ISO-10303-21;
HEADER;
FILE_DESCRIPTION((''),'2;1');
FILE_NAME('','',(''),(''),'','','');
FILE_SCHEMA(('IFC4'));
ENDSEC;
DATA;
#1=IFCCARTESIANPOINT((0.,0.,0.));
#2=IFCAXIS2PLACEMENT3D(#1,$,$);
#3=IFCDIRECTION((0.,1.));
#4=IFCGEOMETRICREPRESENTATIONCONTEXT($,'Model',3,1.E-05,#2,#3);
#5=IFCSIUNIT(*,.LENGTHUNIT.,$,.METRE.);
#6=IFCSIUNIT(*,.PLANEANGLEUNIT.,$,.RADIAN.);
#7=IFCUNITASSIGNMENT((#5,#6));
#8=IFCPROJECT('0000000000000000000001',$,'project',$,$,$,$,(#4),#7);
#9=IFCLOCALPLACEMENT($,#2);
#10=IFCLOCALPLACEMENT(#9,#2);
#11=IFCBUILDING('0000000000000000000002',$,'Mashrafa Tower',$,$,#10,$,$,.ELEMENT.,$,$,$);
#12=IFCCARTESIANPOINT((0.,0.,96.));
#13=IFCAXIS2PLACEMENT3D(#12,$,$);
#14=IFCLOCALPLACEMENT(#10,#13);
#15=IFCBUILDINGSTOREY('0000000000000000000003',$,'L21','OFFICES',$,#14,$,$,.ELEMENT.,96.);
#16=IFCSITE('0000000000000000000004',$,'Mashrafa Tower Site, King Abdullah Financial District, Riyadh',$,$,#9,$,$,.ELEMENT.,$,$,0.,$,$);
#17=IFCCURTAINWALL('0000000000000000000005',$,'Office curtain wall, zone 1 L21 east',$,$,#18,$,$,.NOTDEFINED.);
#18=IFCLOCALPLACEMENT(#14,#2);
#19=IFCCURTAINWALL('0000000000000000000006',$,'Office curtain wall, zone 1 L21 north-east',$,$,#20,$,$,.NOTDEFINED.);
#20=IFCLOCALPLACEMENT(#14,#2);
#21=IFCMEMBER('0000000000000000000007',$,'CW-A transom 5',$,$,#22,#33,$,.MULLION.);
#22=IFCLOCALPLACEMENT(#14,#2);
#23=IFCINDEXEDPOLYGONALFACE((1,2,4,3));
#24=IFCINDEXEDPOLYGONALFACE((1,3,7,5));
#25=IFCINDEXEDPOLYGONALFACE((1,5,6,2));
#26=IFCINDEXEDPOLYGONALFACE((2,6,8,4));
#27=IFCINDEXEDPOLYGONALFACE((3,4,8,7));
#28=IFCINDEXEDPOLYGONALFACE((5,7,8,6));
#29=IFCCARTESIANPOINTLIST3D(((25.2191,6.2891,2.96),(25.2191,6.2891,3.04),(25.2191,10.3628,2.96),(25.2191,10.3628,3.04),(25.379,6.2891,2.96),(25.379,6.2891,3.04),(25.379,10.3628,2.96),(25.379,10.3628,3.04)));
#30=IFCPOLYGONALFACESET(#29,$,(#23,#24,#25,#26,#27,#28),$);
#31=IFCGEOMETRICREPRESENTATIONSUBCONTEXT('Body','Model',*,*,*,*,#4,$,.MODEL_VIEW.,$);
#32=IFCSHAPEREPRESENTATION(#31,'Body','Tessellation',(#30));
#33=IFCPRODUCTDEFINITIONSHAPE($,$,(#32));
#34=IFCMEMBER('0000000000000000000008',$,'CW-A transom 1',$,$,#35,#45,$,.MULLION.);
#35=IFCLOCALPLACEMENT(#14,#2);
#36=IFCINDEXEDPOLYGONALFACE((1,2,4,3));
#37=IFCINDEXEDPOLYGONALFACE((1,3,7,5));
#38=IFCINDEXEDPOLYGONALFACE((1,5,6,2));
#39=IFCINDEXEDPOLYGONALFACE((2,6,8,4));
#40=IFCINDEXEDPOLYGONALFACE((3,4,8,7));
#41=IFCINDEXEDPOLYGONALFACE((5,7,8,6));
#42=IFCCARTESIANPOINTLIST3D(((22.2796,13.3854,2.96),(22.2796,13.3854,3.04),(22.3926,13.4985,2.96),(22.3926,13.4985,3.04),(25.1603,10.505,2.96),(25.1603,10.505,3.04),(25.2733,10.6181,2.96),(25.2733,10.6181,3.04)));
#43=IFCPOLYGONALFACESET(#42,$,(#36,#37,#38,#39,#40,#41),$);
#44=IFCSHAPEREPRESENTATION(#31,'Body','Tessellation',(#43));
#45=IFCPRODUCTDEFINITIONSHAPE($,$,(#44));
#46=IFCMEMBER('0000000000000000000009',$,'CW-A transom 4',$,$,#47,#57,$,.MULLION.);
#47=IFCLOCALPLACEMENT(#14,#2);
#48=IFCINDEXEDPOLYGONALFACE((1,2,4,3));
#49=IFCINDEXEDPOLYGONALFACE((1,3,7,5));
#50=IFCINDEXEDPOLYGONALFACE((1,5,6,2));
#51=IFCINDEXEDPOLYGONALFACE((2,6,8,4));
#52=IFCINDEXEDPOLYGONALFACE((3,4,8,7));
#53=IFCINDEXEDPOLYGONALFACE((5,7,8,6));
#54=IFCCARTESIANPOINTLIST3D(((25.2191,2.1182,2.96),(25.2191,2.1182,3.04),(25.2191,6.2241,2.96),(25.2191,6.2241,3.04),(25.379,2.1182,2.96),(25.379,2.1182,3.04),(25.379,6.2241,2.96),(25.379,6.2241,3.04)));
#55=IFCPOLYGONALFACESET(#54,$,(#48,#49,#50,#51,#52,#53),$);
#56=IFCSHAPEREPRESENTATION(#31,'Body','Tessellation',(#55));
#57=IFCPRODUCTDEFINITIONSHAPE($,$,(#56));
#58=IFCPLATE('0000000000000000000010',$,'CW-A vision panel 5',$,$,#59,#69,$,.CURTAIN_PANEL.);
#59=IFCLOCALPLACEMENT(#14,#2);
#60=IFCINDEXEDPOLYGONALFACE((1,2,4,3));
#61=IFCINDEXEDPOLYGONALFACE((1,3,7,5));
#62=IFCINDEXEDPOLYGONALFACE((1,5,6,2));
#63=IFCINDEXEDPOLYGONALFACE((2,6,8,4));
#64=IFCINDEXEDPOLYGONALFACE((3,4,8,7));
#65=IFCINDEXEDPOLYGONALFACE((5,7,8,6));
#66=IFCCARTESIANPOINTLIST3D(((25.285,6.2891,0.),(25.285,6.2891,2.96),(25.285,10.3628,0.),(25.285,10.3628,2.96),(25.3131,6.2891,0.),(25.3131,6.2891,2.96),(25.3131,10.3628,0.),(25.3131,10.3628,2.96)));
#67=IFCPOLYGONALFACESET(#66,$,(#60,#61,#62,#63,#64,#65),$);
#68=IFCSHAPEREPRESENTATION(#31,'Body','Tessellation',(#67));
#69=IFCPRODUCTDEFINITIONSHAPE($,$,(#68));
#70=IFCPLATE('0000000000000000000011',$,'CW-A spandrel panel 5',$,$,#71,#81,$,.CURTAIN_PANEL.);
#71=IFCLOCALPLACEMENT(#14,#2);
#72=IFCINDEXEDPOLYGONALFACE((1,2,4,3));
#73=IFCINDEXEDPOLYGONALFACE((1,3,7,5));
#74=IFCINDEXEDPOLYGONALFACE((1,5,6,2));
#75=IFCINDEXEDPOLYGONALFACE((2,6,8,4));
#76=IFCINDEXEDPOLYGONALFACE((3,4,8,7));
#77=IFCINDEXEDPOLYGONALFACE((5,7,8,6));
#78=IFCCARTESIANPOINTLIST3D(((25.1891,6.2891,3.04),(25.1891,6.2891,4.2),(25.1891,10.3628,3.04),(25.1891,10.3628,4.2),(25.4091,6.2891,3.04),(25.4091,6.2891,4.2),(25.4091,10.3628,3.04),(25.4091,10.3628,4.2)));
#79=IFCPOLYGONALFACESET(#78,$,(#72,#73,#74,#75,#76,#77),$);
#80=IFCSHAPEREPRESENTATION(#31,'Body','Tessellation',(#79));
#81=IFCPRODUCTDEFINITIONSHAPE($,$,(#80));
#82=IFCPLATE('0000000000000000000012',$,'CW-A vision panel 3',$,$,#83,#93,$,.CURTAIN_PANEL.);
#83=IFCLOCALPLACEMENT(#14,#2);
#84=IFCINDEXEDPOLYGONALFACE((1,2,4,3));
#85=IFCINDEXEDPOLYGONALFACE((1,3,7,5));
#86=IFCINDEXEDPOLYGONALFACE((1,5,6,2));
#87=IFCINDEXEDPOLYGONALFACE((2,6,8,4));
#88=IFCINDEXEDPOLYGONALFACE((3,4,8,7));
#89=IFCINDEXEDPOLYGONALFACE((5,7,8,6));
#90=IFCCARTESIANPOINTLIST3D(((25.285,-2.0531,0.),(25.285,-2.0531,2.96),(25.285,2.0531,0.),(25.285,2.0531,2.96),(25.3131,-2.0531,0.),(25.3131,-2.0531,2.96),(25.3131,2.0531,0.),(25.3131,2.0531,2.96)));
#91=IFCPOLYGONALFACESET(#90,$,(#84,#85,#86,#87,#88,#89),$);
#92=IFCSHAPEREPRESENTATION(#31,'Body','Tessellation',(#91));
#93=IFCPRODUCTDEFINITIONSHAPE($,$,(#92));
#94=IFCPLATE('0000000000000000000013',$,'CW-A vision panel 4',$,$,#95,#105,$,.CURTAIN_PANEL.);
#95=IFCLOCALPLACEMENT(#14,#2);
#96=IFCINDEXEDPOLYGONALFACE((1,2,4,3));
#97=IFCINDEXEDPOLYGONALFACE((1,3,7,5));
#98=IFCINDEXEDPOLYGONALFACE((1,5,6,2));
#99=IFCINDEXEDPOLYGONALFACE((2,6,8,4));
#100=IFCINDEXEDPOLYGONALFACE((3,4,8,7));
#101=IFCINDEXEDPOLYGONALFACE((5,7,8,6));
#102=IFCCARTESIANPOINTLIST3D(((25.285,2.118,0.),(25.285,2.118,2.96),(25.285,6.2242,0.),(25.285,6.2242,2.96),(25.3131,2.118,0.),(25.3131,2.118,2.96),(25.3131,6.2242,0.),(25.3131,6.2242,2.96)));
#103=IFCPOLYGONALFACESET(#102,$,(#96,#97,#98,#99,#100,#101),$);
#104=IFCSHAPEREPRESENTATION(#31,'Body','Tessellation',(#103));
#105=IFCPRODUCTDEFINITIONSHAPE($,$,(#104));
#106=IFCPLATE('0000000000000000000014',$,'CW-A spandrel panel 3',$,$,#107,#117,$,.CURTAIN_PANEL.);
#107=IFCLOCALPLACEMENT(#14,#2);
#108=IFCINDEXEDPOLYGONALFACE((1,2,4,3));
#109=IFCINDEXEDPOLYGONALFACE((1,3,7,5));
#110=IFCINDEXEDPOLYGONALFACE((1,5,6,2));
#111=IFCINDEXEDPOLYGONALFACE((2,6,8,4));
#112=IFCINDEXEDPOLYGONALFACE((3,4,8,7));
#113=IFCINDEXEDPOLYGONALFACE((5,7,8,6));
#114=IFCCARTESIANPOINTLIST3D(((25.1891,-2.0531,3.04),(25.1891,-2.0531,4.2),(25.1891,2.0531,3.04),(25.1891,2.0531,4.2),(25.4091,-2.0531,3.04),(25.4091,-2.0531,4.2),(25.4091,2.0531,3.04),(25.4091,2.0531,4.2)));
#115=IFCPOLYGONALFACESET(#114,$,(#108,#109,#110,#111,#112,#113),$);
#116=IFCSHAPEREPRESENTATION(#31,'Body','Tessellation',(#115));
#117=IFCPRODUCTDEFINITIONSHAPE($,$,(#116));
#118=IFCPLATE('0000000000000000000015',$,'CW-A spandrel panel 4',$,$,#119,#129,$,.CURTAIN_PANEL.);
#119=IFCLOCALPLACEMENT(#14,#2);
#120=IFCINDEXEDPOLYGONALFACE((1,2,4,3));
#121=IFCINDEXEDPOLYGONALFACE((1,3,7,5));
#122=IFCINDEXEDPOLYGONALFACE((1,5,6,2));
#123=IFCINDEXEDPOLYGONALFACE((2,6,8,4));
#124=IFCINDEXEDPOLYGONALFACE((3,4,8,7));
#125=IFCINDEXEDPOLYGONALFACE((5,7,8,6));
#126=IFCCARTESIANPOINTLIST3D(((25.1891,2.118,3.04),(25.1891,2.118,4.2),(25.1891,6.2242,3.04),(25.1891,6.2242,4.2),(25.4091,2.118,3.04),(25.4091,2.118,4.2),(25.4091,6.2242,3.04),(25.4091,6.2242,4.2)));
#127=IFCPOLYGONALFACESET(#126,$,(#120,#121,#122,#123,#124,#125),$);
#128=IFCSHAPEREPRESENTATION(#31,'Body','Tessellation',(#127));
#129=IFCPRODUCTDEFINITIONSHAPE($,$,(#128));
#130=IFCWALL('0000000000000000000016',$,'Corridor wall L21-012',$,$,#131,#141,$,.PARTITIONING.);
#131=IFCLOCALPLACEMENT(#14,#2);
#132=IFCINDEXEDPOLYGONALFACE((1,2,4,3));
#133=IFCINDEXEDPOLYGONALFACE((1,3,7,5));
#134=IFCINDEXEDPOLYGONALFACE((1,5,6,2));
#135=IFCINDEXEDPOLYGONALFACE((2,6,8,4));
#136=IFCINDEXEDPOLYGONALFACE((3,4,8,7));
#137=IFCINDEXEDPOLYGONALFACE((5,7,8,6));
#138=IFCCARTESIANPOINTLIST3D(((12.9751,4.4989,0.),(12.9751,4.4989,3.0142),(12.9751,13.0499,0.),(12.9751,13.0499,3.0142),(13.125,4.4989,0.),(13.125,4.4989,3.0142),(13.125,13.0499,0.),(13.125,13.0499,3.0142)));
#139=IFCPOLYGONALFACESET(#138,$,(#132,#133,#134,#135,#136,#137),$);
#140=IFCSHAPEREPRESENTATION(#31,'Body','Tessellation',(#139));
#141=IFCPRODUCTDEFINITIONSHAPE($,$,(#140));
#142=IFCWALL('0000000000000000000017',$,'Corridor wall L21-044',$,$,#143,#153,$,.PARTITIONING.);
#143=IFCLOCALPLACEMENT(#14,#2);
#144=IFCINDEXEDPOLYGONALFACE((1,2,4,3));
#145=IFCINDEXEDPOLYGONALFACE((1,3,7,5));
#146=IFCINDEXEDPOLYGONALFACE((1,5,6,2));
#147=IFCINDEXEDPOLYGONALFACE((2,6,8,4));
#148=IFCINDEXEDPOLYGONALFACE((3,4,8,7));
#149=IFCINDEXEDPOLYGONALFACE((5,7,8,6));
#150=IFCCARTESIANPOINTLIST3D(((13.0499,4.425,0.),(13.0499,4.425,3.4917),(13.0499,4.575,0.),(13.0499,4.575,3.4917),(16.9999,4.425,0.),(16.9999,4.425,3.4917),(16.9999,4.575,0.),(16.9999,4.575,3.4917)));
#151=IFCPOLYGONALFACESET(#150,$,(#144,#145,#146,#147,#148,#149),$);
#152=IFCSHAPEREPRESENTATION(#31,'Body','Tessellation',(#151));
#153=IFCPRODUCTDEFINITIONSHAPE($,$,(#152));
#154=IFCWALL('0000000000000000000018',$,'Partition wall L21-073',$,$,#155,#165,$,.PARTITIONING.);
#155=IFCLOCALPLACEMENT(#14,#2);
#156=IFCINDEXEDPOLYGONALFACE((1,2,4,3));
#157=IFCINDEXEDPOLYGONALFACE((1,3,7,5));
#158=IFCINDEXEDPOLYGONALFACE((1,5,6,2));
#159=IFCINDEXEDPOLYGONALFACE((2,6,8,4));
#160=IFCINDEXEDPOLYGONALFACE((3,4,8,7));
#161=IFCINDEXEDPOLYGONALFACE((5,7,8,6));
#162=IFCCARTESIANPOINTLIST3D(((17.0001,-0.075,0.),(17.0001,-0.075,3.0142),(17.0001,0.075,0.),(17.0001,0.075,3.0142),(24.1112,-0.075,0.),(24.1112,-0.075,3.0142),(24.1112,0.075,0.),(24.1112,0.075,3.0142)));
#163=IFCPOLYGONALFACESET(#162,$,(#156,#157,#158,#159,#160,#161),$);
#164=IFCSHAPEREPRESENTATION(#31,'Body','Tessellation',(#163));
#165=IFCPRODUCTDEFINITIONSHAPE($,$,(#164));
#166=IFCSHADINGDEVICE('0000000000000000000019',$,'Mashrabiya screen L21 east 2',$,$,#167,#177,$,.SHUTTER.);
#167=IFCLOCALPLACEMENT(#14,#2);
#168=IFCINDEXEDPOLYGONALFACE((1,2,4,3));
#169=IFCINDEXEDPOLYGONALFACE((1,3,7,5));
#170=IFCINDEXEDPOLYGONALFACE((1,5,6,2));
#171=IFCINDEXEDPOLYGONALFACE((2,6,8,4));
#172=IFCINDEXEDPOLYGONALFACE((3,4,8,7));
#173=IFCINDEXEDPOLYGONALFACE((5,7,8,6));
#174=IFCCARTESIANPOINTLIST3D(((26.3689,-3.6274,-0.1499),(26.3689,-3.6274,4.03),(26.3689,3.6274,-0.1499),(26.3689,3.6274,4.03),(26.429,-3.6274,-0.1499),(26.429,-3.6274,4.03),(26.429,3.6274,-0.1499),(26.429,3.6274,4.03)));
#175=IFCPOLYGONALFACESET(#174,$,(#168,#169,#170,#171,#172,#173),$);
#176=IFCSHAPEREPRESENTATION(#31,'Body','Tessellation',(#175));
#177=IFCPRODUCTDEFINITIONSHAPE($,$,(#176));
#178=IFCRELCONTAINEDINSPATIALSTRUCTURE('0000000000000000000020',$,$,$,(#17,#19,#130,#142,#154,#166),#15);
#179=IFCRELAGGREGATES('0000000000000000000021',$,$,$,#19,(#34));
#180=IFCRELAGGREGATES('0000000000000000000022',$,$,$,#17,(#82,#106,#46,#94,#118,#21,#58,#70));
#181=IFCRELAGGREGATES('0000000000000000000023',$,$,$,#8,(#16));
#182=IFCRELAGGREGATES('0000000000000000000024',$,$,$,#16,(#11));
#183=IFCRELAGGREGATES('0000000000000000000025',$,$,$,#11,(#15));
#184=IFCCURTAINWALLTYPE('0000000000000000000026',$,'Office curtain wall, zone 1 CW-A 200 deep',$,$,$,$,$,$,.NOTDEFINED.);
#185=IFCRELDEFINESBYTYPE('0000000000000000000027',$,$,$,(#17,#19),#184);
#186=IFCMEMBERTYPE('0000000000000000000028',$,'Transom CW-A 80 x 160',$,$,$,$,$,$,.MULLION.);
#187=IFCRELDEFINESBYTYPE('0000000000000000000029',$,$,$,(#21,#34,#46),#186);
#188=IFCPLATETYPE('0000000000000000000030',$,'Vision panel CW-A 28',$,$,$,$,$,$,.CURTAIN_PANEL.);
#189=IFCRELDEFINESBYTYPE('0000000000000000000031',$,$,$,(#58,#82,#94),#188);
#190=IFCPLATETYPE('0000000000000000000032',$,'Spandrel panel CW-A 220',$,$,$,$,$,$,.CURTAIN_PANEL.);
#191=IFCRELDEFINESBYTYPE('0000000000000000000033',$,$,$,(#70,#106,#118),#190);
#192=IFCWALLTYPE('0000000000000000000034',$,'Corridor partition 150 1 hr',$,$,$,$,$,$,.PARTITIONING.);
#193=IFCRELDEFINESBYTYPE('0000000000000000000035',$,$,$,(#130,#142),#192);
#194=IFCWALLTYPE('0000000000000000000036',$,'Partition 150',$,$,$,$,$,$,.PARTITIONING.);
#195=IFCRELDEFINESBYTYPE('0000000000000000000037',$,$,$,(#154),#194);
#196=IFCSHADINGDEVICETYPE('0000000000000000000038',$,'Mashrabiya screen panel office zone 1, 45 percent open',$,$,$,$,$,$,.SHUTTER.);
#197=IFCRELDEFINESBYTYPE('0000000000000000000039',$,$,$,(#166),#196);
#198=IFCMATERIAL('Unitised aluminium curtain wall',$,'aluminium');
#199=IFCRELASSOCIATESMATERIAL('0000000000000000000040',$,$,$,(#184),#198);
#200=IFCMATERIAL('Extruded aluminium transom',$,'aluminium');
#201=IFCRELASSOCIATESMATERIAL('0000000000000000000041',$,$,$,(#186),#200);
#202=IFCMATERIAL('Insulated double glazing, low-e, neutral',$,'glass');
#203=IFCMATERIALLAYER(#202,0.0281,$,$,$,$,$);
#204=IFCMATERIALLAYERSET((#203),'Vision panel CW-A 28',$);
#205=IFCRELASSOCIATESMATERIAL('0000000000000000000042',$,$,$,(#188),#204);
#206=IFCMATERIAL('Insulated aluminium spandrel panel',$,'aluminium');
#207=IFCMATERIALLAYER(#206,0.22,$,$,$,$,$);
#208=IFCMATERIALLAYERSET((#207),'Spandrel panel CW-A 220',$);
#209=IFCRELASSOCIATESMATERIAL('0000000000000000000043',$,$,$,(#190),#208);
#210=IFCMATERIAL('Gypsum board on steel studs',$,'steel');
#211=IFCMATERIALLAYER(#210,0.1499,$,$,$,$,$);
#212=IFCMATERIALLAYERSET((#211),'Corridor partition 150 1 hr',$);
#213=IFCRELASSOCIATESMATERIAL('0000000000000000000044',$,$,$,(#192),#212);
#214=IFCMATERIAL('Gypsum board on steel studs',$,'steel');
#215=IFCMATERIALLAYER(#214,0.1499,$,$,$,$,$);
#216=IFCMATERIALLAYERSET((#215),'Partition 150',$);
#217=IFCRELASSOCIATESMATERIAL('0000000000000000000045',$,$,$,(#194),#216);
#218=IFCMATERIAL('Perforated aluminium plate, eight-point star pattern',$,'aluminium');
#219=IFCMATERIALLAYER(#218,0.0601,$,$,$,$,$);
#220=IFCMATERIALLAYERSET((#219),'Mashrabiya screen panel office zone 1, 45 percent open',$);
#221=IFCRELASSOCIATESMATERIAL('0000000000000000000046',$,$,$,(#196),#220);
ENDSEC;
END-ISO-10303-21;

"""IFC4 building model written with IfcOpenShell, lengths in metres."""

from ifc_helpers import new_model, si_unit, direction, frame, frame_2d, origin, origin_2d, place, context, subcontext, project, spatial, rectangle, extrude, source, transform, mapped, material, layer, layer_set, material_profile, profile_set, type_object, type_shapes, element, aggregate, save


model = new_model("IFC4")

# Units and contexts
model_context = context("Model", 3, precision=1e-05, world=origin(), true_north=direction((0.0, 1.0)))
body_context = subcontext(model_context, "Body", "Model", "MODEL_VIEW")
ifc_project = project(units=[si_unit("LENGTHUNIT", "METRE"), si_unit("PLANEANGLEUNIT", "RADIAN")], contexts=[model_context])

# Site, building, storey
site_placement = place(None, origin())
site = spatial("IfcSite", under=ifc_project, at=site_placement, Name="Mashrafa Tower Site, King Abdullah Financial District, Riyadh", CompositionType="ELEMENT", RefElevation=0.0)
building_placement = place(site_placement, origin())
building = spatial("IfcBuilding", under=site, at=building_placement, Name="Mashrafa Tower", CompositionType="ELEMENT")
storey_placement = place(building_placement, frame((0.0, 0.0, 96.0)))
storey = spatial("IfcBuildingStorey", under=building, at=storey_placement, Name="L21", Description="OFFICES", CompositionType="ELEMENT", Elevation=96.0)

# Curtain wall
ifc_material_1 = material(Name="Unitised aluminium curtain wall", Category="aluminium")
curtain_wall_type = type_object("IfcCurtainWallType", Name="Office curtain wall, zone 1 CW-A 200 deep", PredefinedType="NOTDEFINED", material=ifc_material_1)
curtain_wall_1_placement = place(storey_placement, origin())
curtain_wall_1 = element("IfcCurtainWall", 1, at=curtain_wall_1_placement, inside=storey, type_object=curtain_wall_type, Name="Office curtain wall, zone 1 L21 east", PredefinedType="NOTDEFINED")

# Curtain wall
curtain_wall_2_placement = place(storey_placement, origin())
curtain_wall_2 = element("IfcCurtainWall", 2, at=curtain_wall_2_placement, inside=storey, type_object=curtain_wall_type, Name="Office curtain wall, zone 1 L21 north-east", PredefinedType="NOTDEFINED")

# Members
ifc_material_2 = material(Name="Extruded aluminium transom", Category="aluminium")
ifc_material_profile_1 = material_profile(ifc_material_2, rectangle(XDim=0.1599, YDim=0.0801, at=origin_2d()), Name="Transom 80x160")
ifc_profile_set_1 = profile_set([ifc_material_profile_1], Name="Extruded aluminium transom")
member_type_1 = type_object("IfcMemberType", Name="Transom CW-A 80 x 160", PredefinedType="MULLION", material=ifc_profile_set_1)
shared_shape_1 = source(origin(), body_context, "Body", "SweptSolid", [
    extrude(rectangle(XDim=0.1599, YDim=0.0801, at=origin_2d()), origin(), (0.0, 0.0, 1.0), 4.0737),
])
member_1_placement = place(storey_placement, frame((25.2991, 6.2891, 3.0), z_axis=(0.0, 1.0, 0.0), x_axis=(-1.0, 0.0, 0.0)))
member_1 = element("IfcMember", 3, at=member_1_placement, type_object=member_type_1, Name="CW-A transom 5", PredefinedType="MULLION", context=body_context, shape_type="MappedRepresentation", body=[
    mapped(shared_shape_1, transform((0.0, 0.0, 0.0))),
])
member_2_placement = place(storey_placement, frame((25.2168, 10.5615, 3.0), z_axis=(-0.707137, 0.707077, 0.0), x_axis=(-0.707077, -0.707137, 0.0)))
member_2 = element("IfcMember", 4, at=member_2_placement, type_object=member_type_1, Name="CW-A transom 1", PredefinedType="MULLION", context=body_context, shape_type="MappedRepresentation", body=[
    mapped(shared_shape_1, transform((0.0, 0.0, 0.0))),
])
aggregate(curtain_wall_2, [member_2])
shared_shape_2 = source(origin(), body_context, "Body", "SweptSolid", [
    extrude(rectangle(XDim=0.1599, YDim=0.0801, at=origin_2d()), origin(), (0.0, 0.0, 1.0), 4.106),
])
type_shapes(member_type_1, [shared_shape_1, shared_shape_2])
member_3_placement = place(storey_placement, frame((25.2991, 2.1182, 3.0), z_axis=(0.0, 1.0, 0.0), x_axis=(-1.0, 0.0, 0.0)))
member_3 = element("IfcMember", 5, at=member_3_placement, type_object=member_type_1, Name="CW-A transom 4", PredefinedType="MULLION", context=body_context, shape_type="MappedRepresentation", body=[
    mapped(shared_shape_2, transform((0.0, 0.0, 0.0))),
])

# Plates
ifc_material_3 = material(Name="Insulated double glazing, low-e, neutral", Category="glass")
ifc_layer_1 = layer(ifc_material_3, 0.0281)
ifc_layer_set_1 = layer_set([ifc_layer_1], Name="Vision panel CW-A 28")
plate_type_1 = type_object("IfcPlateType", Name="Vision panel CW-A 28", PredefinedType="CURTAIN_PANEL", material=ifc_layer_set_1)
shared_shape_3 = source(origin(), body_context, "Body", "SweptSolid", [
    extrude(rectangle(XDim=4.0737, YDim=0.0281, at=origin_2d()), origin(), (0.0, 0.0, 1.0), 2.96),
])
plate_1_placement = place(storey_placement, frame((25.2991, 8.3259, 0.0), z_axis=(0.0, 0.0, 1.0), x_axis=(0.0, 1.0, 0.0)))
plate_1 = element("IfcPlate", 6, at=plate_1_placement, type_object=plate_type_1, Name="CW-A vision panel 5", PredefinedType="CURTAIN_PANEL", context=body_context, shape_type="MappedRepresentation", body=[
    mapped(shared_shape_3, transform((0.0, 0.0, 0.0))),
])
ifc_material_4 = material(Name="Insulated aluminium spandrel panel", Category="aluminium")
ifc_layer_2 = layer(ifc_material_4, 0.22)
ifc_layer_set_2 = layer_set([ifc_layer_2], Name="Spandrel panel CW-A 220")
plate_type_2 = type_object("IfcPlateType", Name="Spandrel panel CW-A 220", PredefinedType="CURTAIN_PANEL", material=ifc_layer_set_2)
shared_shape_4 = source(origin(), body_context, "Body", "SweptSolid", [
    extrude(rectangle(XDim=4.0737, YDim=0.22, at=origin_2d()), origin(), (0.0, 0.0, 1.0), 1.1599),
])
plate_2_placement = place(storey_placement, frame((25.2991, 8.3259, 3.04), z_axis=(0.0, 0.0, 1.0), x_axis=(0.0, 1.0, 0.0)))
plate_2 = element("IfcPlate", 7, at=plate_2_placement, type_object=plate_type_2, Name="CW-A spandrel panel 5", PredefinedType="CURTAIN_PANEL", context=body_context, shape_type="MappedRepresentation", body=[
    mapped(shared_shape_4, transform((0.0, 0.0, 0.0))),
])
shared_shape_5 = source(origin(), body_context, "Body", "SweptSolid", [
    extrude(rectangle(XDim=4.1062, YDim=0.0281, at=origin_2d()), origin(), (0.0, 0.0, 1.0), 2.96),
])
type_shapes(plate_type_1, [shared_shape_3, shared_shape_5])
plate_3_placement = place(storey_placement, frame((25.2991, 0.0, 0.0), z_axis=(0.0, 0.0, 1.0), x_axis=(0.0, 1.0, 0.0)))
plate_3 = element("IfcPlate", 8, at=plate_3_placement, type_object=plate_type_1, Name="CW-A vision panel 3", PredefinedType="CURTAIN_PANEL", context=body_context, shape_type="MappedRepresentation", body=[
    mapped(shared_shape_5, transform((0.0, 0.0, 0.0))),
])
plate_4_placement = place(storey_placement, frame((25.2991, 4.1711, 0.0), z_axis=(0.0, 0.0, 1.0), x_axis=(0.0, 1.0, 0.0)))
plate_4 = element("IfcPlate", 9, at=plate_4_placement, type_object=plate_type_1, Name="CW-A vision panel 4", PredefinedType="CURTAIN_PANEL", context=body_context, shape_type="MappedRepresentation", body=[
    mapped(shared_shape_5, transform((0.0, 0.0, 0.0))),
])
shared_shape_6 = source(origin(), body_context, "Body", "SweptSolid", [
    extrude(rectangle(XDim=4.1062, YDim=0.22, at=origin_2d()), origin(), (0.0, 0.0, 1.0), 1.1599),
])
type_shapes(plate_type_2, [shared_shape_4, shared_shape_6])
plate_5_placement = place(storey_placement, frame((25.2991, 0.0, 3.04), z_axis=(0.0, 0.0, 1.0), x_axis=(0.0, 1.0, 0.0)))
plate_5 = element("IfcPlate", 10, at=plate_5_placement, type_object=plate_type_2, Name="CW-A spandrel panel 3", PredefinedType="CURTAIN_PANEL", context=body_context, shape_type="MappedRepresentation", body=[
    mapped(shared_shape_6, transform((0.0, 0.0, 0.0))),
])
plate_6_placement = place(storey_placement, frame((25.2991, 4.1711, 3.04), z_axis=(0.0, 0.0, 1.0), x_axis=(0.0, 1.0, 0.0)))
plate_6 = element("IfcPlate", 11, at=plate_6_placement, type_object=plate_type_2, Name="CW-A spandrel panel 4", PredefinedType="CURTAIN_PANEL", context=body_context, shape_type="MappedRepresentation", body=[
    mapped(shared_shape_6, transform((0.0, 0.0, 0.0))),
])
aggregate(curtain_wall_1, [plate_3, plate_5, member_3, plate_4, plate_6, member_1, plate_1, plate_2])

# Walls
ifc_material_5 = material(Name="Gypsum board on steel studs", Category="steel")
ifc_layer_3 = layer(ifc_material_5, 0.1499)
ifc_layer_set_3 = layer_set([ifc_layer_3], Name="Corridor partition 150 1 hr")
wall_type_1 = type_object("IfcWallType", Name="Corridor partition 150 1 hr", PredefinedType="PARTITIONING", material=ifc_layer_set_3)
wall_1_placement = place(storey_placement, frame((13.05, 4.499, 0.0), z_axis=(0.0, 0.0, 1.0), x_axis=(0.0, 1.0, 0.0)))
element("IfcWall", 12, at=wall_1_placement, inside=storey, type_object=wall_type_1, Name="Corridor wall L21-012", PredefinedType="PARTITIONING", context=body_context, shape_type="SweptSolid", body=[
    extrude(rectangle(XDim=8.551, YDim=0.1499, at=frame_2d((4.2754, 0.0))), origin(), (0.0, 0.0, 1.0), 3.0142),
])
wall_2_placement = place(storey_placement, frame((17.0, 4.5, 0.0), z_axis=(0.0, 0.0, 1.0), x_axis=(-1.0, 0.0, 0.0)))
element("IfcWall", 13, at=wall_2_placement, inside=storey, type_object=wall_type_1, Name="Corridor wall L21-044", PredefinedType="PARTITIONING", context=body_context, shape_type="SweptSolid", body=[
    extrude(rectangle(XDim=3.95, YDim=0.1499, at=frame_2d((1.9751, 0.0))), origin(), (0.0, 0.0, 1.0), 3.4917),
])
ifc_material_6 = material(Name="Gypsum board on steel studs", Category="steel")
ifc_layer_4 = layer(ifc_material_6, 0.1499)
ifc_layer_set_4 = layer_set([ifc_layer_4], Name="Partition 150")
wall_type_2 = type_object("IfcWallType", Name="Partition 150", PredefinedType="PARTITIONING", material=ifc_layer_set_4)
wall_3_placement = place(storey_placement, frame((17.0, 0.0, 0.0), z_axis=(0.0, 0.0, 1.0), x_axis=(1.0, 0.0, 0.0)))
element("IfcWall", 14, at=wall_3_placement, inside=storey, type_object=wall_type_2, Name="Partition wall L21-073", PredefinedType="PARTITIONING", context=body_context, shape_type="SweptSolid", body=[
    extrude(rectangle(XDim=7.1111, YDim=0.1499, at=frame_2d((3.5557, 0.0))), origin(), (0.0, 0.0, 1.0), 3.0142),
])

# Shading device
ifc_material_7 = material(Name="Perforated aluminium plate, eight-point star pattern", Category="aluminium")
ifc_layer_5 = layer(ifc_material_7, 0.0601)
ifc_layer_set_5 = layer_set([ifc_layer_5], Name="Mashrabiya screen panel office zone 1, 45 percent open")
shading_device_type = type_object("IfcShadingDeviceType", Name="Mashrabiya screen panel office zone 1, 45 percent open", PredefinedType="SHUTTER", material=ifc_layer_set_5)
shared_shape_7 = source(origin(), body_context, "Body", "SweptSolid", [
    extrude(rectangle(XDim=7.2549, YDim=0.0601, at=origin_2d()), origin(), (0.0, 0.0, 1.0), 4.1799),
])
type_shapes(shading_device_type, [shared_shape_7])
for number, where, z_axis, x_axis, name in (
    (15, (26.3989, 0.0, -0.1499), (0.0, 0.0, 1.0), (0.0, 1.0, 0.0), "Mashrabiya screen L21 east 2"),
):
    element("IfcShadingDevice", number, at=place(storey_placement, frame(where, z_axis=z_axis, x_axis=x_axis)), inside=storey, type_object=shading_device_type, Name=name, PredefinedType="SHUTTER", context=body_context, shape_type="MappedRepresentation", body=[
        mapped(shared_shape_7, transform((0.0, 0.0, 0.0))),
    ])

save(model, "model.ifc")
